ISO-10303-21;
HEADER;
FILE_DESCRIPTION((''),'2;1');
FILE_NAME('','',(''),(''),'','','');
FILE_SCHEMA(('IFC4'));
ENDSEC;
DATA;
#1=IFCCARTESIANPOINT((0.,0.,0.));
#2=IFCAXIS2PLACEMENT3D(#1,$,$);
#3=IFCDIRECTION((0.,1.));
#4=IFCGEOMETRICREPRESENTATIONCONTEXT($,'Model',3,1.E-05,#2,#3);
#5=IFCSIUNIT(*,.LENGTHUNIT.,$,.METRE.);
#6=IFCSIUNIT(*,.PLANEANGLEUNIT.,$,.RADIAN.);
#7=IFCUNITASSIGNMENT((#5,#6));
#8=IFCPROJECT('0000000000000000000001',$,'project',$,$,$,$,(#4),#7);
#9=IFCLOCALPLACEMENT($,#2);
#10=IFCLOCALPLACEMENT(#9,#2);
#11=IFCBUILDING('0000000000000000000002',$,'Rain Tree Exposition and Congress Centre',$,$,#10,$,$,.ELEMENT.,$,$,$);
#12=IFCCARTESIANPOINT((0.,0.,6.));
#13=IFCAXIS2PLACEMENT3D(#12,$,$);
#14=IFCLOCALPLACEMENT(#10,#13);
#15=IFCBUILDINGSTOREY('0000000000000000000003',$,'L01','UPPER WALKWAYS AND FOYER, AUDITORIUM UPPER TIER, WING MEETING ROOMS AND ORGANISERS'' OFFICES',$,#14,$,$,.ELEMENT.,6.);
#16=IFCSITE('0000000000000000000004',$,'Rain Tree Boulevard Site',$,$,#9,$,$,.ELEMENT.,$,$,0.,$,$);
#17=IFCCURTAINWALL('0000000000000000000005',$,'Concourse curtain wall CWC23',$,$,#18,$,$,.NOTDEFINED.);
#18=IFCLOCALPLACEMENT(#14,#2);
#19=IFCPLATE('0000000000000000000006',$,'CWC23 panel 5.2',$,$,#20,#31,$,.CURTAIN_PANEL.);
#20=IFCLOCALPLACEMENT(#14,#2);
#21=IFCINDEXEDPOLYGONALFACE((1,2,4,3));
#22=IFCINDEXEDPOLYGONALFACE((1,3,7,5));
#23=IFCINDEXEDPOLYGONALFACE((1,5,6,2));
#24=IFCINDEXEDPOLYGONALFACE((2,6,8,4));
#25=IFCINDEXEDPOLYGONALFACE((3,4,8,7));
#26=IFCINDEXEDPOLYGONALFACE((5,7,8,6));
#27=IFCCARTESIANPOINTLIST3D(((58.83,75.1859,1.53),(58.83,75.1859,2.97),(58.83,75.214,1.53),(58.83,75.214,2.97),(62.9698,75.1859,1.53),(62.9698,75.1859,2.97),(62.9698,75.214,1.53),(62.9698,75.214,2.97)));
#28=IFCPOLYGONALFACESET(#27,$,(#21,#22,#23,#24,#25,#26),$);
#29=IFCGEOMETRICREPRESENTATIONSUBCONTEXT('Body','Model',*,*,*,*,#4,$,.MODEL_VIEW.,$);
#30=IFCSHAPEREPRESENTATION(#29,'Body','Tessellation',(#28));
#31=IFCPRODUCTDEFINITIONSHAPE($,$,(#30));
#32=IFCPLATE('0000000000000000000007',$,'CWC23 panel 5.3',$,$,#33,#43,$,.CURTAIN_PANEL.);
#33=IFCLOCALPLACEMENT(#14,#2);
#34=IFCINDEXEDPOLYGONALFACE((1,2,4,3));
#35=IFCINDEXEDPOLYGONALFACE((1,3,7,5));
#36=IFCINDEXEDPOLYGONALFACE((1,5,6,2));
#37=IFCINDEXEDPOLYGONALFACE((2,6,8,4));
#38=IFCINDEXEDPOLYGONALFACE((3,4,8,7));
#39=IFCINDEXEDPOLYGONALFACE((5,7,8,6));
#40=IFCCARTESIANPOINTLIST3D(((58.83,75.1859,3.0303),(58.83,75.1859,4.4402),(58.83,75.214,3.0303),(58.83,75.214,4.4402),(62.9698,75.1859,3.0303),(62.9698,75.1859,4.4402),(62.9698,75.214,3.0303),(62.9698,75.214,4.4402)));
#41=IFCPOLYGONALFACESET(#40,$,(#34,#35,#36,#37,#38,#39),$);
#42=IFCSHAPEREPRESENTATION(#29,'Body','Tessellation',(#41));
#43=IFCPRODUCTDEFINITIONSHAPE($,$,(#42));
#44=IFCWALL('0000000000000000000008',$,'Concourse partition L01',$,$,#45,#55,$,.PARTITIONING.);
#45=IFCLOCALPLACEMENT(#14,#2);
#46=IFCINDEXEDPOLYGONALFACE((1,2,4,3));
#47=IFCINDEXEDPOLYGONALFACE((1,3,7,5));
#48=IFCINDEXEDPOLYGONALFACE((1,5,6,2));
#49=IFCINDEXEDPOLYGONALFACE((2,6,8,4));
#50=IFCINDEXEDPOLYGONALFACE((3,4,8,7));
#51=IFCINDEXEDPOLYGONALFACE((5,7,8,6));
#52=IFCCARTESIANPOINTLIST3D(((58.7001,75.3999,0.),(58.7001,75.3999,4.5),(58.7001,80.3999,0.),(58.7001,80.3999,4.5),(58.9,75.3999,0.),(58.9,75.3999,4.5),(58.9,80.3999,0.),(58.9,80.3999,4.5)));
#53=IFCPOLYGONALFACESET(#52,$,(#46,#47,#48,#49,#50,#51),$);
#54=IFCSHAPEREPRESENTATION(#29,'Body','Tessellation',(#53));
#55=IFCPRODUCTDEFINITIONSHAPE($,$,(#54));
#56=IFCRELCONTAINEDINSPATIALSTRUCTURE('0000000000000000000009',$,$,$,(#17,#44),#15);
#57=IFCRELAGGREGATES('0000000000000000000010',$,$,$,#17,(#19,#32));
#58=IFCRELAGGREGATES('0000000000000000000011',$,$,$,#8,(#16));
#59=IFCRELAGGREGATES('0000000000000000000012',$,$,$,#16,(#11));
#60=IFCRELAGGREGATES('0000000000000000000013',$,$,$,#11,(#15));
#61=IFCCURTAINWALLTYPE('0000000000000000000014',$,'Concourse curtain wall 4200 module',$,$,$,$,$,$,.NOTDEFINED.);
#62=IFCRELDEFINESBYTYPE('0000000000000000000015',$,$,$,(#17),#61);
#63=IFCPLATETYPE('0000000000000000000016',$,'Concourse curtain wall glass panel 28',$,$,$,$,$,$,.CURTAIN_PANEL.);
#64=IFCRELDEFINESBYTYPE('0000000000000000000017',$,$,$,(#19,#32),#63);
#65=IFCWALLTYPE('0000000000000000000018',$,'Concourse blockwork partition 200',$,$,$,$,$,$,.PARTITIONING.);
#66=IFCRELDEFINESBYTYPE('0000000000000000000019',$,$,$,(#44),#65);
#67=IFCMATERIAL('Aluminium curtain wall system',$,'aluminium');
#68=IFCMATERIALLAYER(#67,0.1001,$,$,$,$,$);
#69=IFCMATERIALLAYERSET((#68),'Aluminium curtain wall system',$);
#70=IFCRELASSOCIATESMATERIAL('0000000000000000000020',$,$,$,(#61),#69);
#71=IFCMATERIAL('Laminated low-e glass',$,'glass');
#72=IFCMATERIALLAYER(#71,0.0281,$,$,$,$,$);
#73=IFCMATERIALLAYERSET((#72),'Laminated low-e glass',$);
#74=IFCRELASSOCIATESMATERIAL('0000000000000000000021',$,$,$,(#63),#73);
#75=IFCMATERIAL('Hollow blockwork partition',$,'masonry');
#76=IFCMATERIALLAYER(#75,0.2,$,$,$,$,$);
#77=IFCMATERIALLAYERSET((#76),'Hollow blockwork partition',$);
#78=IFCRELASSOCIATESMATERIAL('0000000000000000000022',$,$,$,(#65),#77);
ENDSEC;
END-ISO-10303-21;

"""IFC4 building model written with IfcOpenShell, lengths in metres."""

from ifc_helpers import new_model, si_unit, direction, frame, frame_2d, origin, origin_2d, place, context, subcontext, project, spatial, rectangle, extrude, material, layer, layer_set, type_object, element, aggregate, save


model = new_model("IFC4")

# Units and contexts
model_context = context("Model", 3, precision=1e-05, world=origin(), true_north=direction((0.0, 1.0)))
body_context = subcontext(model_context, "Body", "Model", "MODEL_VIEW")
ifc_project = project(units=[si_unit("LENGTHUNIT", "METRE"), si_unit("PLANEANGLEUNIT", "RADIAN")], contexts=[model_context])

# Site, building, storey
site_placement = place(None, origin())
site = spatial("IfcSite", under=ifc_project, at=site_placement, Name="Rain Tree Boulevard Site", CompositionType="ELEMENT", RefElevation=0.0)
building_placement = place(site_placement, origin())
building = spatial("IfcBuilding", under=site, at=building_placement, Name="Rain Tree Exposition and Congress Centre", CompositionType="ELEMENT")
storey_placement = place(building_placement, frame((0.0, 0.0, 6.0)))
storey = spatial("IfcBuildingStorey", under=building, at=storey_placement, Name="L01", Description="UPPER WALKWAYS AND FOYER, AUDITORIUM UPPER TIER, WING MEETING ROOMS AND ORGANISERS' OFFICES", CompositionType="ELEMENT", Elevation=6.0)

# Curtain wall
ifc_material_1 = material(Name="Aluminium curtain wall system", Category="aluminium")
ifc_layer_1 = layer(ifc_material_1, 0.1001)
ifc_layer_set_1 = layer_set([ifc_layer_1], Name="Aluminium curtain wall system")
curtain_wall_type = type_object("IfcCurtainWallType", Name="Concourse curtain wall 4200 module", PredefinedType="NOTDEFINED", material=ifc_layer_set_1)
curtain_wall_placement = place(storey_placement, origin())
curtain_wall = element("IfcCurtainWall", 1, at=curtain_wall_placement, inside=storey, type_object=curtain_wall_type, Name="Concourse curtain wall CWC23", PredefinedType="NOTDEFINED")

# Plates
ifc_material_2 = material(Name="Laminated low-e glass", Category="glass")
ifc_layer_2 = layer(ifc_material_2, 0.0281)
ifc_layer_set_2 = layer_set([ifc_layer_2], Name="Laminated low-e glass")
plate_type = type_object("IfcPlateType", Name="Concourse curtain wall glass panel 28", PredefinedType="CURTAIN_PANEL", material=ifc_layer_set_2)
plate_1_placement = place(storey_placement, frame((60.8999, 75.2, 1.53), z_axis=(0.0, 0.0, 1.0), x_axis=(1.0, 0.0, 0.0)))
plate_1 = element("IfcPlate", 2, at=plate_1_placement, type_object=plate_type, Name="CWC23 panel 5.2", PredefinedType="CURTAIN_PANEL", context=body_context, shape_type="SweptSolid", body=[
    extrude(rectangle(XDim=4.1399, YDim=0.0281, at=origin_2d()), origin(), (0.0, 0.0, 1.0), 1.4399),
])
plate_2_placement = place(storey_placement, frame((60.8999, 75.2, 3.0303), z_axis=(0.0, 0.0, 1.0), x_axis=(1.0, 0.0, 0.0)))
plate_2 = element("IfcPlate", 3, at=plate_2_placement, type_object=plate_type, Name="CWC23 panel 5.3", PredefinedType="CURTAIN_PANEL", context=body_context, shape_type="SweptSolid", body=[
    extrude(rectangle(XDim=4.1399, YDim=0.0281, at=origin_2d()), origin(), (0.0, 0.0, 1.0), 1.4099),
])
aggregate(curtain_wall, [plate_1, plate_2])

# Wall
ifc_material_3 = material(Name="Hollow blockwork partition", Category="masonry")
ifc_layer_3 = layer(ifc_material_3, 0.2)
ifc_layer_set_3 = layer_set([ifc_layer_3], Name="Hollow blockwork partition")
wall_type = type_object("IfcWallType", Name="Concourse blockwork partition 200", PredefinedType="PARTITIONING", material=ifc_layer_set_3)
wall_1_placement = place(storey_placement, frame((58.8, 75.3999, 0.0), z_axis=(0.0, 0.0, 1.0), x_axis=(0.0, 1.0, 0.0)))
element("IfcWall", 4, at=wall_1_placement, inside=storey, type_object=wall_type, Name="Concourse partition L01", PredefinedType="PARTITIONING", context=body_context, shape_type="SweptSolid", body=[
    extrude(rectangle(XDim=5.0, YDim=0.2, at=frame_2d((2.5, 0.0))), origin(), (0.0, 0.0, 1.0), 4.5),
])

save(model, "model.ifc")
